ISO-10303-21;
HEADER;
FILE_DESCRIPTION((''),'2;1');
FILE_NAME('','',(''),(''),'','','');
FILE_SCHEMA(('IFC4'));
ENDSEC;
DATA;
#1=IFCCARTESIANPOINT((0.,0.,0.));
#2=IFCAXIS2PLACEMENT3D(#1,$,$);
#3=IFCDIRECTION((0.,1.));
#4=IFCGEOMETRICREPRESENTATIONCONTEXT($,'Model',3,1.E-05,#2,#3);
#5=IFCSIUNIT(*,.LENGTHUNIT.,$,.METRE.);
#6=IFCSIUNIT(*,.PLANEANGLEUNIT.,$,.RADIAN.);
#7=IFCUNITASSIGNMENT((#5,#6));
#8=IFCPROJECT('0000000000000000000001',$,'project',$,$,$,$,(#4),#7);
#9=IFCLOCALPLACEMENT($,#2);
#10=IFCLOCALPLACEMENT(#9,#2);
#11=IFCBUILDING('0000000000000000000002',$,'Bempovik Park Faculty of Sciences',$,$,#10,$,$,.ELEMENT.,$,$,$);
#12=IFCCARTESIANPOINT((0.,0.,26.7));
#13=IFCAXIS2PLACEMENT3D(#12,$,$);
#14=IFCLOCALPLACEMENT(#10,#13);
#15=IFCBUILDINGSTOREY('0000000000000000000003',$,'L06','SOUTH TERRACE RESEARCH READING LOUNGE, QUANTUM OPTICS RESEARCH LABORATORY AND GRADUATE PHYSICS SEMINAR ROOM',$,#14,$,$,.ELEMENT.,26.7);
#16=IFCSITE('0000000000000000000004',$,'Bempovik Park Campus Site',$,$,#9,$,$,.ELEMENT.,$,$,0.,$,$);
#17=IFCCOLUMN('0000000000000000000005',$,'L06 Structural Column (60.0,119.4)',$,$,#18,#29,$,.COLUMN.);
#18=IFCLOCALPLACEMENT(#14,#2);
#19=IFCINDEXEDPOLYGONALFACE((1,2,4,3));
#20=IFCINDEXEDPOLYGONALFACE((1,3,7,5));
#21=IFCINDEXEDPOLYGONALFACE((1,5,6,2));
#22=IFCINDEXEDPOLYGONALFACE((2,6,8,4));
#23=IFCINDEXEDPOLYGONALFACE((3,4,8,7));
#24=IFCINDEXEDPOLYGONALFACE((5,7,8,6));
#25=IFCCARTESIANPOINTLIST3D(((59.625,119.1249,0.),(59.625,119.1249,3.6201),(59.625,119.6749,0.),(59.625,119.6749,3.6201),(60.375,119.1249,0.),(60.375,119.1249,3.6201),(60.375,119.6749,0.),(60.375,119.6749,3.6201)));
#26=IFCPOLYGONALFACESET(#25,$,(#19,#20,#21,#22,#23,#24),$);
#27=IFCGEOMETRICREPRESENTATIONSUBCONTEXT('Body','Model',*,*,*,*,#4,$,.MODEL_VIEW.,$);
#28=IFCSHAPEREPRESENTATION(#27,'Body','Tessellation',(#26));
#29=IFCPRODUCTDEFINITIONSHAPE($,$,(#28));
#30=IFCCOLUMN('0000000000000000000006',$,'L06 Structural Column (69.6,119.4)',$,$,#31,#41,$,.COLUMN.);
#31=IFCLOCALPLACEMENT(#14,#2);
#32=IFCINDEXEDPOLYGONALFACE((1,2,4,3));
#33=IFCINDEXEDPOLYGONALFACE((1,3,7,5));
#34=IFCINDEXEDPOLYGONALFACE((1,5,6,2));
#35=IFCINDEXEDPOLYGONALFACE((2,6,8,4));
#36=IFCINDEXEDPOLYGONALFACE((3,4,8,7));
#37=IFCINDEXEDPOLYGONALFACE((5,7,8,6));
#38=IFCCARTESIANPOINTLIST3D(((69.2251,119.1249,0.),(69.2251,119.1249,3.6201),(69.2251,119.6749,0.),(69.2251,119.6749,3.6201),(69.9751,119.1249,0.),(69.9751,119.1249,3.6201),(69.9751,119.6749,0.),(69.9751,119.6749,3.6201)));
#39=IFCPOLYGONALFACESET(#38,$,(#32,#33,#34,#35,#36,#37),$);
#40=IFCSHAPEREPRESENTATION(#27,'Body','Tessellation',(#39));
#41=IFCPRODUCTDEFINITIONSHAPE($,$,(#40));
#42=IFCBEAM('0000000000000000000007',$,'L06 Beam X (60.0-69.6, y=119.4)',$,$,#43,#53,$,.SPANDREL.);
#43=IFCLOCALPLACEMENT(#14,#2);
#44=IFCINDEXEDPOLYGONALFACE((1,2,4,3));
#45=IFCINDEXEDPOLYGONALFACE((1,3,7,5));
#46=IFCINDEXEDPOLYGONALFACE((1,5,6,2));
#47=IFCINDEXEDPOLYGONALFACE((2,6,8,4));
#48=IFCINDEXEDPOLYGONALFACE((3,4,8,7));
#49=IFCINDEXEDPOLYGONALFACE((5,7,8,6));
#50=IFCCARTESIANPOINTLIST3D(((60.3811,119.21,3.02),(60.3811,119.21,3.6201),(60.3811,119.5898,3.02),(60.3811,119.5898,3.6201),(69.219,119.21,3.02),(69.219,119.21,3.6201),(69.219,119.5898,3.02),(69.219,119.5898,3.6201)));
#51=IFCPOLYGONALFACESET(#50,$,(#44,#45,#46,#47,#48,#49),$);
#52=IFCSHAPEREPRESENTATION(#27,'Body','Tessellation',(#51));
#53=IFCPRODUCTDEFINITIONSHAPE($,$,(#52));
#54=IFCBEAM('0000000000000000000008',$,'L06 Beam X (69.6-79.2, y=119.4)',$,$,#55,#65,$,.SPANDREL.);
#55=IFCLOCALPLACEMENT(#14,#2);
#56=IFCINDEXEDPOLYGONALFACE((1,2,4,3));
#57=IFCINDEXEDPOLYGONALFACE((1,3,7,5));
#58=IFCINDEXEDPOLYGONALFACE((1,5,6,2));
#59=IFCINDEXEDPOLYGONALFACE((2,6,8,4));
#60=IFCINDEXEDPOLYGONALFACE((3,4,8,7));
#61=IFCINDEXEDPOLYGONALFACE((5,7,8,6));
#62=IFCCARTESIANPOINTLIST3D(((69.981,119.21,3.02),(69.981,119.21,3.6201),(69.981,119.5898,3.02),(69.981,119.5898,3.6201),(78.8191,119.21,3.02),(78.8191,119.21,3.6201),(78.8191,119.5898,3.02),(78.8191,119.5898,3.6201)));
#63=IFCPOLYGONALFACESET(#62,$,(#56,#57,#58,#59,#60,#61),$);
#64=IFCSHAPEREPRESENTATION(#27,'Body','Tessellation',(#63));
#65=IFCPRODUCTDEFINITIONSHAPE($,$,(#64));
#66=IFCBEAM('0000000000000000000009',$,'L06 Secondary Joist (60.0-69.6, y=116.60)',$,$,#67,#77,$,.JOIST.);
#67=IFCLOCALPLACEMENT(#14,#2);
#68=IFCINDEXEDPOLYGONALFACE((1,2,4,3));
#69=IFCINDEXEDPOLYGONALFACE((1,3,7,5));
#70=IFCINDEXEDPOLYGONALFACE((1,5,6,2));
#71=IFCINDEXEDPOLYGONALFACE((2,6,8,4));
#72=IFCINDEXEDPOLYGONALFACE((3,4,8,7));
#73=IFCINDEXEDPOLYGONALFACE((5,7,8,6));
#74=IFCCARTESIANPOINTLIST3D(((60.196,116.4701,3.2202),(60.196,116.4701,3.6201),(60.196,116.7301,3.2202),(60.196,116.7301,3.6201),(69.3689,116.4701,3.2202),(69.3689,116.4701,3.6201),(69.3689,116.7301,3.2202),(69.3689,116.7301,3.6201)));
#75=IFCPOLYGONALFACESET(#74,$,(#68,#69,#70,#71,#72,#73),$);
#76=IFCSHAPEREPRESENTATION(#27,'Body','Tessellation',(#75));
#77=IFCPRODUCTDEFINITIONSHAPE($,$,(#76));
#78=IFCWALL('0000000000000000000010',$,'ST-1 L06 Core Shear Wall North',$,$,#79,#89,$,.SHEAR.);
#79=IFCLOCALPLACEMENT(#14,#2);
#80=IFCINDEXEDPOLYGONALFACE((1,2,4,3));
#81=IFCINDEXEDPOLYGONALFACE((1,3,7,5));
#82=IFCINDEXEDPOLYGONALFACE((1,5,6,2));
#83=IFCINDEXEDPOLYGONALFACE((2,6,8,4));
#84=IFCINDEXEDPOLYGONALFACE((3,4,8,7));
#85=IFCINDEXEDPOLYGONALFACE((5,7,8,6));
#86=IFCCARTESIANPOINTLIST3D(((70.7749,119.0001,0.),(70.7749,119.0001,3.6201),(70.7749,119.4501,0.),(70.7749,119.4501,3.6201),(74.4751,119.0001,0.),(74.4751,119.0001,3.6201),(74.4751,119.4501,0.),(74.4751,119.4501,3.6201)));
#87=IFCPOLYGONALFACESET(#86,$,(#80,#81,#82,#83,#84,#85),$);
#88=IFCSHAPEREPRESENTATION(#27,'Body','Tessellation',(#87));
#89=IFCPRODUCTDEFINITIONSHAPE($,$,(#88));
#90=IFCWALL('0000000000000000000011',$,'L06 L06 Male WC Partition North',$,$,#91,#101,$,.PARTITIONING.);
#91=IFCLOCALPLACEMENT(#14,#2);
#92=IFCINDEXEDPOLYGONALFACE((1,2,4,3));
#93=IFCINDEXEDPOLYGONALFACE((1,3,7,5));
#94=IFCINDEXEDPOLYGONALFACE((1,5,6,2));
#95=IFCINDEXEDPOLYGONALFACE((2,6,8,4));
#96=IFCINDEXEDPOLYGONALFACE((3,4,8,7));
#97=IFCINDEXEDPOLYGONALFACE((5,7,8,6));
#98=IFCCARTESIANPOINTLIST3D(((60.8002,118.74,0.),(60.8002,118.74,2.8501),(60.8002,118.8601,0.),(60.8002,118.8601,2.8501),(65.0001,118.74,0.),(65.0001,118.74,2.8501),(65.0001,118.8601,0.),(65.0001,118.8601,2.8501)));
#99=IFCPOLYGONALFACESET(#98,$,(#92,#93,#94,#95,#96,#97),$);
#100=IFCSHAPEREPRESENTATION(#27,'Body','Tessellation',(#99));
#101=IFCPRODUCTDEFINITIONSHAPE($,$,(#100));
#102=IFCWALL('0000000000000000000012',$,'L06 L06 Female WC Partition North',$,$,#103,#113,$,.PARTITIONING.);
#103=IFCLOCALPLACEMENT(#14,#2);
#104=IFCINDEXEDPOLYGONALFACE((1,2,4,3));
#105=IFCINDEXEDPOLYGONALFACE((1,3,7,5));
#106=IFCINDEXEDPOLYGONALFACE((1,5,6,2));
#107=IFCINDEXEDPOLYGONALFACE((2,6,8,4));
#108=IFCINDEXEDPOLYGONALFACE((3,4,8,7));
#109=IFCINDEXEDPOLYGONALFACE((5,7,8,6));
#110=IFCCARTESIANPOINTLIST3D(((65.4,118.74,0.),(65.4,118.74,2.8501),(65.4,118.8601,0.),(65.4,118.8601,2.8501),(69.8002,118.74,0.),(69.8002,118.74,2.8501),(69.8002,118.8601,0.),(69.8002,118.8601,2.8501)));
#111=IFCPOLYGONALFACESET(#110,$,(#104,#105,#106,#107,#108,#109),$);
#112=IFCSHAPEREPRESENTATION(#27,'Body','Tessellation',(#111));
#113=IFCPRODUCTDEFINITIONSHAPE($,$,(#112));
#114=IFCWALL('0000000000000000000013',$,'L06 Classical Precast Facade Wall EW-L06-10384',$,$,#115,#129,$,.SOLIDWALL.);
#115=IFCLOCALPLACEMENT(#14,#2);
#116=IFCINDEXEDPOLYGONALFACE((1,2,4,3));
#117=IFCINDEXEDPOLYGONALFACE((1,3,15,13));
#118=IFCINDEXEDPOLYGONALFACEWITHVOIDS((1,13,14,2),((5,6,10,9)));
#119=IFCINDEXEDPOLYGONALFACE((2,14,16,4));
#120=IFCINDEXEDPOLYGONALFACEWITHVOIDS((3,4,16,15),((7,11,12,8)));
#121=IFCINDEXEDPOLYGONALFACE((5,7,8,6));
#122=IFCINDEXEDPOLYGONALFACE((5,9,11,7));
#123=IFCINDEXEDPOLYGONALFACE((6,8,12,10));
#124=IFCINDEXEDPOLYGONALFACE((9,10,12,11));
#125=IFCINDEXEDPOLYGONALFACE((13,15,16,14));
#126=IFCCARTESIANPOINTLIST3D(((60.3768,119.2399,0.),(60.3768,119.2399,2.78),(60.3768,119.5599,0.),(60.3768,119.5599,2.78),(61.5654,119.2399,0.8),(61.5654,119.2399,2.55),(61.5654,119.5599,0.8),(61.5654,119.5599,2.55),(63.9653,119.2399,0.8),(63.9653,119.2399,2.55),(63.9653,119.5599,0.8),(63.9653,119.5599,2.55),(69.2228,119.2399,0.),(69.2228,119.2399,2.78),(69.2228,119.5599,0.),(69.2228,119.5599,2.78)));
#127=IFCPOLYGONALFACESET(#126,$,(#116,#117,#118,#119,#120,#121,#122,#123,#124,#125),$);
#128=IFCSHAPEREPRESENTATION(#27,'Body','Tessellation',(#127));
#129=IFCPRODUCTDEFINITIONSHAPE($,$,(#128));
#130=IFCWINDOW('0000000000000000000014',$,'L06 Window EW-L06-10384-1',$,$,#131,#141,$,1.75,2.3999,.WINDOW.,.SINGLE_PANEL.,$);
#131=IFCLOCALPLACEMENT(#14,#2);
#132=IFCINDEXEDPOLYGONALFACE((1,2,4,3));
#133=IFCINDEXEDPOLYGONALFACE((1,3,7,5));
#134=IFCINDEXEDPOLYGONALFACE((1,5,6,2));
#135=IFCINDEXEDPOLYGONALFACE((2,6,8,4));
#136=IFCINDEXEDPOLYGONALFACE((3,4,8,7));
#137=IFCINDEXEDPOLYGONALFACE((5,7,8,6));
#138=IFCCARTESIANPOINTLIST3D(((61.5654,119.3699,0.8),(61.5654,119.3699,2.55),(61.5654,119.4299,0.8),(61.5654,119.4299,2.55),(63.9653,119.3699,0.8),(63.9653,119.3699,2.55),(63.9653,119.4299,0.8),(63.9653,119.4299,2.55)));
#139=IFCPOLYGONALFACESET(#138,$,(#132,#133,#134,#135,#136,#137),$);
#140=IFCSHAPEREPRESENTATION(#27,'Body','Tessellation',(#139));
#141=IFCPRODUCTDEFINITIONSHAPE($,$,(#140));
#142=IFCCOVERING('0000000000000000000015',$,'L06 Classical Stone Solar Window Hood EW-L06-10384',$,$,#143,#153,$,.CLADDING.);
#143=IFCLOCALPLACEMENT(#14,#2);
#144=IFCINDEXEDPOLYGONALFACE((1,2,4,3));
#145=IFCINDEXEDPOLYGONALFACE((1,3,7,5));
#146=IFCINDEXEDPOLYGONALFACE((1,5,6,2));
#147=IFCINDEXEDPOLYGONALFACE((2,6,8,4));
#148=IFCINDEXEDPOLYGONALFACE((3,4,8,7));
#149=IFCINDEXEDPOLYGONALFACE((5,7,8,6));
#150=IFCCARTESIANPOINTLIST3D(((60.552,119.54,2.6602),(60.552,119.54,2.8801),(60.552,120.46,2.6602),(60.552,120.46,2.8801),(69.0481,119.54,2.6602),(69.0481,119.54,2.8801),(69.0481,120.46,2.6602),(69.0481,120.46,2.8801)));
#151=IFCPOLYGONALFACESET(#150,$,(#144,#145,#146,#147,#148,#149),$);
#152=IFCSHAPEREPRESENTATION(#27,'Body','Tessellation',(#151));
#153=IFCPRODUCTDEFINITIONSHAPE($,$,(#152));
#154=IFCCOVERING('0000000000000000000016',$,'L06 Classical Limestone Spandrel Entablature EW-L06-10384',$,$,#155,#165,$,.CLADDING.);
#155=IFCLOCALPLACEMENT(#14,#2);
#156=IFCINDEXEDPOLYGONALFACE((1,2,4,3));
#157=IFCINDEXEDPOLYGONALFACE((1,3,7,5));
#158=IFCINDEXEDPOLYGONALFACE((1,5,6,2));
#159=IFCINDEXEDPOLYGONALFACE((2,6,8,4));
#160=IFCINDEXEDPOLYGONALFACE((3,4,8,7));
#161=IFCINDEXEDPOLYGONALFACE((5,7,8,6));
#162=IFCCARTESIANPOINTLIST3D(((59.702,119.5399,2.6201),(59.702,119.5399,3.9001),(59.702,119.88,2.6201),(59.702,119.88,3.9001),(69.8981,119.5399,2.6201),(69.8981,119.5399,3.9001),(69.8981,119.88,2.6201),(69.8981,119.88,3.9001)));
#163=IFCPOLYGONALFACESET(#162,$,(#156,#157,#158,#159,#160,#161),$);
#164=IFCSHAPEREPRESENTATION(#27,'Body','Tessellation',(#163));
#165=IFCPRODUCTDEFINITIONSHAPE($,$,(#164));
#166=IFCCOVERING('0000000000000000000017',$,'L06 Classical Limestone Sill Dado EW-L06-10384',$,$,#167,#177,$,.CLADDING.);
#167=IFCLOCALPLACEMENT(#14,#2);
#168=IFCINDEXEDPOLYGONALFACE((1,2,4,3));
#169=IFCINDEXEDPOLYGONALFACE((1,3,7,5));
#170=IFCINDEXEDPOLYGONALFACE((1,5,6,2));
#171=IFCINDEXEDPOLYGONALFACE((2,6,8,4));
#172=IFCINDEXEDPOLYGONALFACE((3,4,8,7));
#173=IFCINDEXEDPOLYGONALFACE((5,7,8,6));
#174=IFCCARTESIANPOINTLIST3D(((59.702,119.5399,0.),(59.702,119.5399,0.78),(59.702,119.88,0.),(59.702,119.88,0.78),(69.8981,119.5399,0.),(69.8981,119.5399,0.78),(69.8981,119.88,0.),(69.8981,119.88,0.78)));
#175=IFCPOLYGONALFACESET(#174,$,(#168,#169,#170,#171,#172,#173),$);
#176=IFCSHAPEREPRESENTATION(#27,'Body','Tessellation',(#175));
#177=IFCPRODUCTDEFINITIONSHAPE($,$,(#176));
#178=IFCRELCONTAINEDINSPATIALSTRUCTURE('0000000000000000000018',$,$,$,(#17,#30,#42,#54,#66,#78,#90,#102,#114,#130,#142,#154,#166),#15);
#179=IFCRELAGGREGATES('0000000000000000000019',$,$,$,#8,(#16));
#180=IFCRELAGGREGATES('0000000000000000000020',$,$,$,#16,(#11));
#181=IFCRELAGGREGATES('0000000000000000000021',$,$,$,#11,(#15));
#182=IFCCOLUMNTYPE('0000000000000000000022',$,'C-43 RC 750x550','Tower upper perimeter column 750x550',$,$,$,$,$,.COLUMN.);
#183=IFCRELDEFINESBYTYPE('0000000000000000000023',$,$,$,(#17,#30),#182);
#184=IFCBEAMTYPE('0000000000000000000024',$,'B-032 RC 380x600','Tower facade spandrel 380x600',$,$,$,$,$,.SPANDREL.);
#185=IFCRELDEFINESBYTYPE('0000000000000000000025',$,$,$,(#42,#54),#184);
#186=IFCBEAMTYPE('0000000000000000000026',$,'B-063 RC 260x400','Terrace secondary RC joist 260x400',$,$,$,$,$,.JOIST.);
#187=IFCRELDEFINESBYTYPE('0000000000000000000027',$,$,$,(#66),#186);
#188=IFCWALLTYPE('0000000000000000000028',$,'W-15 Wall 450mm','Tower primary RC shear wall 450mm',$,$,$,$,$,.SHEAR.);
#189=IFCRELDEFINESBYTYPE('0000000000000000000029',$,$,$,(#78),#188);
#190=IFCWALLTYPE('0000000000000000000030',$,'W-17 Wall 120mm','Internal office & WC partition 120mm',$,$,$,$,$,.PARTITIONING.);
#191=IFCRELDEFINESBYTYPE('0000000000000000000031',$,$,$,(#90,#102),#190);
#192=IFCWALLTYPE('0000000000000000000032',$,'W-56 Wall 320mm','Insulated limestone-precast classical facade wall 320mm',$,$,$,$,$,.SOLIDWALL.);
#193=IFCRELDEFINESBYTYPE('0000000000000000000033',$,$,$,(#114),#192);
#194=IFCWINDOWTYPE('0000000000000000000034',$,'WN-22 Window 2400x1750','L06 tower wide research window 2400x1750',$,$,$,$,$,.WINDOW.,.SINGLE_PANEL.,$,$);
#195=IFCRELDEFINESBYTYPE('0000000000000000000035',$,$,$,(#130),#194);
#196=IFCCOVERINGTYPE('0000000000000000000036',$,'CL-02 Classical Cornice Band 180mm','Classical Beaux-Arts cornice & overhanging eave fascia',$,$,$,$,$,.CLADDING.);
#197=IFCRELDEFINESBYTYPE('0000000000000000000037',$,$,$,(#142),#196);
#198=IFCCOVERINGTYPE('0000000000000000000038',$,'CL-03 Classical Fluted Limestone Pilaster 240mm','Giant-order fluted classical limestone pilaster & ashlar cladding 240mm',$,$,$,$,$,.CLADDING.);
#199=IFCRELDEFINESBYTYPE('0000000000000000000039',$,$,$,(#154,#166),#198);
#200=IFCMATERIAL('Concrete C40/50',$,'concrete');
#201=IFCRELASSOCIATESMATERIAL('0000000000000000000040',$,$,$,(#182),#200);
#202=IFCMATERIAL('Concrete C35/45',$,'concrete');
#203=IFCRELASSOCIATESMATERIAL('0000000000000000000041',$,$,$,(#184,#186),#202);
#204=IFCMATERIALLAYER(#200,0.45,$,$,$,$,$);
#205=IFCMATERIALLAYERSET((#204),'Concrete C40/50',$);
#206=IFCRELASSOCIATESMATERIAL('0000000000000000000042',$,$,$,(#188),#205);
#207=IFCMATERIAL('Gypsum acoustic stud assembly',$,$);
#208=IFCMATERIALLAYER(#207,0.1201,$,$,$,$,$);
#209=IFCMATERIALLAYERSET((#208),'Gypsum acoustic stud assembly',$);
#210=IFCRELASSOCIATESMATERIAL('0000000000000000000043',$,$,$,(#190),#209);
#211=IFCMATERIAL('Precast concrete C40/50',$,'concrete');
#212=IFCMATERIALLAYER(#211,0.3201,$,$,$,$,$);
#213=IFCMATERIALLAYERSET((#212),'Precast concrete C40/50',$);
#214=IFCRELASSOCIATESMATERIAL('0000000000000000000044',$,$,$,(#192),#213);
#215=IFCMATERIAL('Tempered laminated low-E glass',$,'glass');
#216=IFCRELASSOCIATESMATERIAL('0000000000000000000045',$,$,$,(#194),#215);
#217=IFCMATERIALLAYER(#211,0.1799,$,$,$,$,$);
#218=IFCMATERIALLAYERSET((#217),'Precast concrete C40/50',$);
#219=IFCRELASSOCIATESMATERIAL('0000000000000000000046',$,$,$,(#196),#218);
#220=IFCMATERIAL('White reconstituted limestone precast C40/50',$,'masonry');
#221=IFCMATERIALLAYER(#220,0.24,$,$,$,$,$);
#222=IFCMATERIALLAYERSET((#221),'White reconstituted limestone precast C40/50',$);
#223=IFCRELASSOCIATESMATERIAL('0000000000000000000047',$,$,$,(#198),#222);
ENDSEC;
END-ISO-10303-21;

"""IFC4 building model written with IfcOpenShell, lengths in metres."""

from ifc_helpers import new_model, si_unit, direction, frame, frame_2d, origin, origin_2d, place, context, subcontext, project, spatial, rectangle, extrude, material, layer, layer_set, material_profile, profile_set, type_object, element, fill, save


model = new_model("IFC4")

# Units and contexts
model_context = context("Model", 3, precision=1e-05, world=origin(), true_north=direction((0.0, 1.0)))
body_context = subcontext(model_context, "Body", "Model", "MODEL_VIEW")
ifc_project = project(units=[si_unit("LENGTHUNIT", "METRE"), si_unit("PLANEANGLEUNIT", "RADIAN")], contexts=[model_context])

# Site, building, storey
site_placement = place(None, origin())
site = spatial("IfcSite", under=ifc_project, at=site_placement, Name="Bempovik Park Campus Site", CompositionType="ELEMENT", RefElevation=0.0)
building_placement = place(site_placement, origin())
building = spatial("IfcBuilding", under=site, at=building_placement, Name="Bempovik Park Faculty of Sciences", CompositionType="ELEMENT")
storey_placement = place(building_placement, frame((0.0, 0.0, 26.7)))
storey = spatial("IfcBuildingStorey", under=building, at=storey_placement, Name="L06", Description="SOUTH TERRACE RESEARCH READING LOUNGE, QUANTUM OPTICS RESEARCH LABORATORY AND GRADUATE PHYSICS SEMINAR ROOM", CompositionType="ELEMENT", Elevation=26.7)

# Columns
ifc_material_1 = material(Name="Concrete C40/50", Category="concrete")
ifc_material_profile_1 = material_profile(ifc_material_1, rectangle(XDim=0.75, YDim=0.55, at=origin_2d()), Name="RC 750x550")
ifc_profile_set_1 = profile_set([ifc_material_profile_1], Name="Concrete C40/50")
column_type = type_object("IfcColumnType", Name="C-43 RC 750x550", Description="Tower upper perimeter column 750x550", PredefinedType="COLUMN", material=ifc_profile_set_1)
for number, where, z_axis, x_axis, name in (
    (1, (60.0, 119.3999, 0.0), (0.0, 0.0, 1.0), (1.0, 0.0, 0.0), "L06 Structural Column (60.0,119.4)"),
    (2, (69.6001, 119.3999, 0.0), (0.0, 0.0, 1.0), (1.0, 0.0, 0.0), "L06 Structural Column (69.6,119.4)"),
):
    element("IfcColumn", number, at=place(storey_placement, frame(where, z_axis=z_axis, x_axis=x_axis)), inside=storey, type_object=column_type, Name=name, PredefinedType="COLUMN", context=body_context, shape_type="SweptSolid", body=[
        extrude(rectangle(XDim=0.75, YDim=0.55, at=origin_2d()), origin(), (0.0, 0.0, 1.0), 3.6201),
    ])

# Beams
ifc_material_2 = material(Name="Concrete C35/45", Category="concrete")
ifc_material_profile_2 = material_profile(ifc_material_2, rectangle(XDim=0.3799, YDim=0.6001, at=origin_2d()), Name="RC 380x600")
ifc_profile_set_2 = profile_set([ifc_material_profile_2], Name="Concrete C35/45")
beam_type_1 = type_object("IfcBeamType", Name="B-032 RC 380x600", Description="Tower facade spandrel 380x600", PredefinedType="SPANDREL", material=ifc_profile_set_2)
beam_1_placement = place(storey_placement, frame((60.3811, 119.3999, 3.3201), z_axis=(1.0, 0.0, 0.0), x_axis=(0.0, 1.0, 0.0)))
element("IfcBeam", 3, at=beam_1_placement, inside=storey, type_object=beam_type_1, Name="L06 Beam X (60.0-69.6, y=119.4)", PredefinedType="SPANDREL", context=body_context, shape_type="SweptSolid", body=[
    extrude(rectangle(XDim=0.3799, YDim=0.6001, at=origin_2d()), origin(), (0.0, 0.0, 1.0), 8.8379),
])
beam_2_placement = place(storey_placement, frame((69.981, 119.3999, 3.3201), z_axis=(1.0, 0.0, 0.0), x_axis=(0.0, 1.0, 0.0)))
element("IfcBeam", 4, at=beam_2_placement, inside=storey, type_object=beam_type_1, Name="L06 Beam X (69.6-79.2, y=119.4)", PredefinedType="SPANDREL", context=body_context, shape_type="SweptSolid", body=[
    extrude(rectangle(XDim=0.3799, YDim=0.6001, at=origin_2d()), origin(), (0.0, 0.0, 1.0), 8.8381),
])
ifc_material_profile_3 = material_profile(ifc_material_2, rectangle(XDim=0.26, YDim=0.3999, at=origin_2d()), Name="RC 260x400")
ifc_profile_set_3 = profile_set([ifc_material_profile_3], Name="Concrete C35/45")
beam_type_2 = type_object("IfcBeamType", Name="B-063 RC 260x400", Description="Terrace secondary RC joist 260x400", PredefinedType="JOIST", material=ifc_profile_set_3)
beam_3_placement = place(storey_placement, frame((60.196, 116.6001, 3.4202), z_axis=(1.0, 0.0, 0.0), x_axis=(0.0, 1.0, 0.0)))
element("IfcBeam", 5, at=beam_3_placement, inside=storey, type_object=beam_type_2, Name="L06 Secondary Joist (60.0-69.6, y=116.60)", PredefinedType="JOIST", context=body_context, shape_type="SweptSolid", body=[
    extrude(rectangle(XDim=0.26, YDim=0.3999, at=origin_2d()), origin(), (0.0, 0.0, 1.0), 9.1729),
])

# Walls
ifc_layer_1 = layer(ifc_material_1, 0.45)
ifc_layer_set_1 = layer_set([ifc_layer_1], Name="Concrete C40/50")
wall_type_1 = type_object("IfcWallType", Name="W-15 Wall 450mm", Description="Tower primary RC shear wall 450mm", PredefinedType="SHEAR", material=ifc_layer_set_1)
wall_1_placement = place(storey_placement, frame((70.7749, 119.2251, 0.0), z_axis=(0.0, 0.0, 1.0), x_axis=(1.0, 0.0, 0.0)))
element("IfcWall", 6, at=wall_1_placement, inside=storey, type_object=wall_type_1, Name="ST-1 L06 Core Shear Wall North", PredefinedType="SHEAR", context=body_context, shape_type="SweptSolid", body=[
    extrude(rectangle(XDim=3.7002, YDim=0.45, at=frame_2d((1.8501, 0.0))), origin(), (0.0, 0.0, 1.0), 3.6201),
])
ifc_material_3 = material(Name="Gypsum acoustic stud assembly")
ifc_layer_2 = layer(ifc_material_3, 0.1201)
ifc_layer_set_2 = layer_set([ifc_layer_2], Name="Gypsum acoustic stud assembly")
wall_type_2 = type_object("IfcWallType", Name="W-17 Wall 120mm", Description="Internal office & WC partition 120mm", PredefinedType="PARTITIONING", material=ifc_layer_set_2)
wall_2_placement = place(storey_placement, frame((60.8, 118.8, 0.0), z_axis=(0.0, 0.0, 1.0), x_axis=(1.0, 0.0, 0.0)))
element("IfcWall", 7, at=wall_2_placement, inside=storey, type_object=wall_type_2, Name="L06 L06 Male WC Partition North", PredefinedType="PARTITIONING", context=body_context, shape_type="SweptSolid", body=[
    extrude(rectangle(XDim=4.2, YDim=0.1201, at=frame_2d((2.1001, 0.0))), origin(), (0.0, 0.0, 1.0), 2.8501),
])
wall_3_placement = place(storey_placement, frame((65.3999, 118.8, 0.0), z_axis=(0.0, 0.0, 1.0), x_axis=(1.0, 0.0, 0.0)))
element("IfcWall", 8, at=wall_3_placement, inside=storey, type_object=wall_type_2, Name="L06 L06 Female WC Partition North", PredefinedType="PARTITIONING", context=body_context, shape_type="SweptSolid", body=[
    extrude(rectangle(XDim=4.4001, YDim=0.1201, at=frame_2d((2.2002, 0.0))), origin(), (0.0, 0.0, 1.0), 2.8501),
])

# Wall, opening, window
ifc_material_4 = material(Name="Precast concrete C40/50", Category="concrete")
ifc_layer_3 = layer(ifc_material_4, 0.3201)
ifc_layer_set_3 = layer_set([ifc_layer_3], Name="Precast concrete C40/50")
wall_type_3 = type_object("IfcWallType", Name="W-56 Wall 320mm", Description="Insulated limestone-precast classical facade wall 320mm", PredefinedType="SOLIDWALL", material=ifc_layer_set_3)
wall_4_placement = place(storey_placement, frame((60.377, 119.3999, 0.0), z_axis=(0.0, 0.0, 1.0), x_axis=(1.0, 0.0, 0.0)))
wall_4 = element("IfcWall", 9, at=wall_4_placement, inside=storey, type_object=wall_type_3, Name="L06 Classical Precast Facade Wall EW-L06-10384", PredefinedType="SOLIDWALL", context=body_context, shape_type="SweptSolid", body=[
    extrude(rectangle(XDim=8.8459, YDim=0.3201, at=frame_2d((4.4229, 0.0))), origin(), (0.0, 0.0, 1.0), 2.78),
])
opening_placement = place(wall_4_placement, frame((1.1885, 0.0, 0.8)))
opening = element("IfcOpeningElement", 10, at=opening_placement, cuts=wall_4, PredefinedType="OPENING", context=body_context, shape_type="SweptSolid", body=[
    extrude(rectangle(XDim=2.3999, YDim=1.75, at=frame_2d((1.2, 0.875))), frame((0.0, 0.1699, 0.0), z_axis=(0.0, -1.0, 0.0), x_axis=(1.0, 0.0, 0.0)), (0.0, 0.0, 1.0), 0.3401),
])
ifc_material_5 = material(Name="Tempered laminated low-E glass", Category="glass")
window_type = type_object("IfcWindowType", Name="WN-22 Window 2400x1750", Description="L06 tower wide research window 2400x1750", PartitioningType="SINGLE_PANEL", PredefinedType="WINDOW", material=ifc_material_5)
window_placement = place(opening_placement, origin())
window = element("IfcWindow", 11, at=window_placement, inside=storey, type_object=window_type, Name="L06 Window EW-L06-10384-1", OverallHeight=1.75, OverallWidth=2.3999, PartitioningType="SINGLE_PANEL", PredefinedType="WINDOW", context=body_context, shape_type="SweptSolid", body=[
    extrude(rectangle(XDim=2.3999, YDim=1.75, at=frame_2d((1.2, 0.875))), frame((0.0, 0.03, 0.0), z_axis=(0.0, -1.0, 0.0), x_axis=(1.0, 0.0, 0.0)), (0.0, 0.0, 1.0), 0.0601),
])
fill(opening, window)

# Coverings
ifc_layer_4 = layer(ifc_material_4, 0.1799)
ifc_layer_set_4 = layer_set([ifc_layer_4], Name="Precast concrete C40/50")
covering_type_1 = type_object("IfcCoveringType", Name="CL-02 Classical Cornice Band 180mm", Description="Classical Beaux-Arts cornice & overhanging eave fascia", PredefinedType="CLADDING", material=ifc_layer_set_4)
covering_1_placement = place(storey_placement, frame((64.8, 120.0, 2.6602), z_axis=(0.0, 0.0, 1.0), x_axis=(1.0, 0.0, 0.0)))
element("IfcCovering", 12, at=covering_1_placement, inside=storey, type_object=covering_type_1, Name="L06 Classical Stone Solar Window Hood EW-L06-10384", PredefinedType="CLADDING", context=body_context, shape_type="SweptSolid", body=[
    extrude(rectangle(XDim=8.4961, YDim=0.9199, at=origin_2d()), origin(), (0.0, 0.0, 1.0), 0.22),
])
ifc_material_6 = material(Name="White reconstituted limestone precast C40/50", Category="masonry")
ifc_layer_5 = layer(ifc_material_6, 0.24)
ifc_layer_set_5 = layer_set([ifc_layer_5], Name="White reconstituted limestone precast C40/50")
covering_type_2 = type_object("IfcCoveringType", Name="CL-03 Classical Fluted Limestone Pilaster 240mm", Description="Giant-order fluted classical limestone pilaster & ashlar cladding 240mm", PredefinedType="CLADDING", material=ifc_layer_set_5)
covering_2_placement = place(storey_placement, frame((64.8, 119.71, 2.6201), z_axis=(0.0, 0.0, 1.0), x_axis=(1.0, 0.0, 0.0)))
element("IfcCovering", 13, at=covering_2_placement, inside=storey, type_object=covering_type_2, Name="L06 Classical Limestone Spandrel Entablature EW-L06-10384", PredefinedType="CLADDING", context=body_context, shape_type="SweptSolid", body=[
    extrude(rectangle(XDim=10.196, YDim=0.3401, at=origin_2d()), origin(), (0.0, 0.0, 1.0), 1.28),
])
covering_3_placement = place(storey_placement, frame((64.8, 119.71, 0.0), z_axis=(0.0, 0.0, 1.0), x_axis=(1.0, 0.0, 0.0)))
element("IfcCovering", 14, at=covering_3_placement, inside=storey, type_object=covering_type_2, Name="L06 Classical Limestone Sill Dado EW-L06-10384", PredefinedType="CLADDING", context=body_context, shape_type="SweptSolid", body=[
    extrude(rectangle(XDim=10.196, YDim=0.3401, at=origin_2d()), origin(), (0.0, 0.0, 1.0), 0.78),
])

save(model, "model.ifc")
